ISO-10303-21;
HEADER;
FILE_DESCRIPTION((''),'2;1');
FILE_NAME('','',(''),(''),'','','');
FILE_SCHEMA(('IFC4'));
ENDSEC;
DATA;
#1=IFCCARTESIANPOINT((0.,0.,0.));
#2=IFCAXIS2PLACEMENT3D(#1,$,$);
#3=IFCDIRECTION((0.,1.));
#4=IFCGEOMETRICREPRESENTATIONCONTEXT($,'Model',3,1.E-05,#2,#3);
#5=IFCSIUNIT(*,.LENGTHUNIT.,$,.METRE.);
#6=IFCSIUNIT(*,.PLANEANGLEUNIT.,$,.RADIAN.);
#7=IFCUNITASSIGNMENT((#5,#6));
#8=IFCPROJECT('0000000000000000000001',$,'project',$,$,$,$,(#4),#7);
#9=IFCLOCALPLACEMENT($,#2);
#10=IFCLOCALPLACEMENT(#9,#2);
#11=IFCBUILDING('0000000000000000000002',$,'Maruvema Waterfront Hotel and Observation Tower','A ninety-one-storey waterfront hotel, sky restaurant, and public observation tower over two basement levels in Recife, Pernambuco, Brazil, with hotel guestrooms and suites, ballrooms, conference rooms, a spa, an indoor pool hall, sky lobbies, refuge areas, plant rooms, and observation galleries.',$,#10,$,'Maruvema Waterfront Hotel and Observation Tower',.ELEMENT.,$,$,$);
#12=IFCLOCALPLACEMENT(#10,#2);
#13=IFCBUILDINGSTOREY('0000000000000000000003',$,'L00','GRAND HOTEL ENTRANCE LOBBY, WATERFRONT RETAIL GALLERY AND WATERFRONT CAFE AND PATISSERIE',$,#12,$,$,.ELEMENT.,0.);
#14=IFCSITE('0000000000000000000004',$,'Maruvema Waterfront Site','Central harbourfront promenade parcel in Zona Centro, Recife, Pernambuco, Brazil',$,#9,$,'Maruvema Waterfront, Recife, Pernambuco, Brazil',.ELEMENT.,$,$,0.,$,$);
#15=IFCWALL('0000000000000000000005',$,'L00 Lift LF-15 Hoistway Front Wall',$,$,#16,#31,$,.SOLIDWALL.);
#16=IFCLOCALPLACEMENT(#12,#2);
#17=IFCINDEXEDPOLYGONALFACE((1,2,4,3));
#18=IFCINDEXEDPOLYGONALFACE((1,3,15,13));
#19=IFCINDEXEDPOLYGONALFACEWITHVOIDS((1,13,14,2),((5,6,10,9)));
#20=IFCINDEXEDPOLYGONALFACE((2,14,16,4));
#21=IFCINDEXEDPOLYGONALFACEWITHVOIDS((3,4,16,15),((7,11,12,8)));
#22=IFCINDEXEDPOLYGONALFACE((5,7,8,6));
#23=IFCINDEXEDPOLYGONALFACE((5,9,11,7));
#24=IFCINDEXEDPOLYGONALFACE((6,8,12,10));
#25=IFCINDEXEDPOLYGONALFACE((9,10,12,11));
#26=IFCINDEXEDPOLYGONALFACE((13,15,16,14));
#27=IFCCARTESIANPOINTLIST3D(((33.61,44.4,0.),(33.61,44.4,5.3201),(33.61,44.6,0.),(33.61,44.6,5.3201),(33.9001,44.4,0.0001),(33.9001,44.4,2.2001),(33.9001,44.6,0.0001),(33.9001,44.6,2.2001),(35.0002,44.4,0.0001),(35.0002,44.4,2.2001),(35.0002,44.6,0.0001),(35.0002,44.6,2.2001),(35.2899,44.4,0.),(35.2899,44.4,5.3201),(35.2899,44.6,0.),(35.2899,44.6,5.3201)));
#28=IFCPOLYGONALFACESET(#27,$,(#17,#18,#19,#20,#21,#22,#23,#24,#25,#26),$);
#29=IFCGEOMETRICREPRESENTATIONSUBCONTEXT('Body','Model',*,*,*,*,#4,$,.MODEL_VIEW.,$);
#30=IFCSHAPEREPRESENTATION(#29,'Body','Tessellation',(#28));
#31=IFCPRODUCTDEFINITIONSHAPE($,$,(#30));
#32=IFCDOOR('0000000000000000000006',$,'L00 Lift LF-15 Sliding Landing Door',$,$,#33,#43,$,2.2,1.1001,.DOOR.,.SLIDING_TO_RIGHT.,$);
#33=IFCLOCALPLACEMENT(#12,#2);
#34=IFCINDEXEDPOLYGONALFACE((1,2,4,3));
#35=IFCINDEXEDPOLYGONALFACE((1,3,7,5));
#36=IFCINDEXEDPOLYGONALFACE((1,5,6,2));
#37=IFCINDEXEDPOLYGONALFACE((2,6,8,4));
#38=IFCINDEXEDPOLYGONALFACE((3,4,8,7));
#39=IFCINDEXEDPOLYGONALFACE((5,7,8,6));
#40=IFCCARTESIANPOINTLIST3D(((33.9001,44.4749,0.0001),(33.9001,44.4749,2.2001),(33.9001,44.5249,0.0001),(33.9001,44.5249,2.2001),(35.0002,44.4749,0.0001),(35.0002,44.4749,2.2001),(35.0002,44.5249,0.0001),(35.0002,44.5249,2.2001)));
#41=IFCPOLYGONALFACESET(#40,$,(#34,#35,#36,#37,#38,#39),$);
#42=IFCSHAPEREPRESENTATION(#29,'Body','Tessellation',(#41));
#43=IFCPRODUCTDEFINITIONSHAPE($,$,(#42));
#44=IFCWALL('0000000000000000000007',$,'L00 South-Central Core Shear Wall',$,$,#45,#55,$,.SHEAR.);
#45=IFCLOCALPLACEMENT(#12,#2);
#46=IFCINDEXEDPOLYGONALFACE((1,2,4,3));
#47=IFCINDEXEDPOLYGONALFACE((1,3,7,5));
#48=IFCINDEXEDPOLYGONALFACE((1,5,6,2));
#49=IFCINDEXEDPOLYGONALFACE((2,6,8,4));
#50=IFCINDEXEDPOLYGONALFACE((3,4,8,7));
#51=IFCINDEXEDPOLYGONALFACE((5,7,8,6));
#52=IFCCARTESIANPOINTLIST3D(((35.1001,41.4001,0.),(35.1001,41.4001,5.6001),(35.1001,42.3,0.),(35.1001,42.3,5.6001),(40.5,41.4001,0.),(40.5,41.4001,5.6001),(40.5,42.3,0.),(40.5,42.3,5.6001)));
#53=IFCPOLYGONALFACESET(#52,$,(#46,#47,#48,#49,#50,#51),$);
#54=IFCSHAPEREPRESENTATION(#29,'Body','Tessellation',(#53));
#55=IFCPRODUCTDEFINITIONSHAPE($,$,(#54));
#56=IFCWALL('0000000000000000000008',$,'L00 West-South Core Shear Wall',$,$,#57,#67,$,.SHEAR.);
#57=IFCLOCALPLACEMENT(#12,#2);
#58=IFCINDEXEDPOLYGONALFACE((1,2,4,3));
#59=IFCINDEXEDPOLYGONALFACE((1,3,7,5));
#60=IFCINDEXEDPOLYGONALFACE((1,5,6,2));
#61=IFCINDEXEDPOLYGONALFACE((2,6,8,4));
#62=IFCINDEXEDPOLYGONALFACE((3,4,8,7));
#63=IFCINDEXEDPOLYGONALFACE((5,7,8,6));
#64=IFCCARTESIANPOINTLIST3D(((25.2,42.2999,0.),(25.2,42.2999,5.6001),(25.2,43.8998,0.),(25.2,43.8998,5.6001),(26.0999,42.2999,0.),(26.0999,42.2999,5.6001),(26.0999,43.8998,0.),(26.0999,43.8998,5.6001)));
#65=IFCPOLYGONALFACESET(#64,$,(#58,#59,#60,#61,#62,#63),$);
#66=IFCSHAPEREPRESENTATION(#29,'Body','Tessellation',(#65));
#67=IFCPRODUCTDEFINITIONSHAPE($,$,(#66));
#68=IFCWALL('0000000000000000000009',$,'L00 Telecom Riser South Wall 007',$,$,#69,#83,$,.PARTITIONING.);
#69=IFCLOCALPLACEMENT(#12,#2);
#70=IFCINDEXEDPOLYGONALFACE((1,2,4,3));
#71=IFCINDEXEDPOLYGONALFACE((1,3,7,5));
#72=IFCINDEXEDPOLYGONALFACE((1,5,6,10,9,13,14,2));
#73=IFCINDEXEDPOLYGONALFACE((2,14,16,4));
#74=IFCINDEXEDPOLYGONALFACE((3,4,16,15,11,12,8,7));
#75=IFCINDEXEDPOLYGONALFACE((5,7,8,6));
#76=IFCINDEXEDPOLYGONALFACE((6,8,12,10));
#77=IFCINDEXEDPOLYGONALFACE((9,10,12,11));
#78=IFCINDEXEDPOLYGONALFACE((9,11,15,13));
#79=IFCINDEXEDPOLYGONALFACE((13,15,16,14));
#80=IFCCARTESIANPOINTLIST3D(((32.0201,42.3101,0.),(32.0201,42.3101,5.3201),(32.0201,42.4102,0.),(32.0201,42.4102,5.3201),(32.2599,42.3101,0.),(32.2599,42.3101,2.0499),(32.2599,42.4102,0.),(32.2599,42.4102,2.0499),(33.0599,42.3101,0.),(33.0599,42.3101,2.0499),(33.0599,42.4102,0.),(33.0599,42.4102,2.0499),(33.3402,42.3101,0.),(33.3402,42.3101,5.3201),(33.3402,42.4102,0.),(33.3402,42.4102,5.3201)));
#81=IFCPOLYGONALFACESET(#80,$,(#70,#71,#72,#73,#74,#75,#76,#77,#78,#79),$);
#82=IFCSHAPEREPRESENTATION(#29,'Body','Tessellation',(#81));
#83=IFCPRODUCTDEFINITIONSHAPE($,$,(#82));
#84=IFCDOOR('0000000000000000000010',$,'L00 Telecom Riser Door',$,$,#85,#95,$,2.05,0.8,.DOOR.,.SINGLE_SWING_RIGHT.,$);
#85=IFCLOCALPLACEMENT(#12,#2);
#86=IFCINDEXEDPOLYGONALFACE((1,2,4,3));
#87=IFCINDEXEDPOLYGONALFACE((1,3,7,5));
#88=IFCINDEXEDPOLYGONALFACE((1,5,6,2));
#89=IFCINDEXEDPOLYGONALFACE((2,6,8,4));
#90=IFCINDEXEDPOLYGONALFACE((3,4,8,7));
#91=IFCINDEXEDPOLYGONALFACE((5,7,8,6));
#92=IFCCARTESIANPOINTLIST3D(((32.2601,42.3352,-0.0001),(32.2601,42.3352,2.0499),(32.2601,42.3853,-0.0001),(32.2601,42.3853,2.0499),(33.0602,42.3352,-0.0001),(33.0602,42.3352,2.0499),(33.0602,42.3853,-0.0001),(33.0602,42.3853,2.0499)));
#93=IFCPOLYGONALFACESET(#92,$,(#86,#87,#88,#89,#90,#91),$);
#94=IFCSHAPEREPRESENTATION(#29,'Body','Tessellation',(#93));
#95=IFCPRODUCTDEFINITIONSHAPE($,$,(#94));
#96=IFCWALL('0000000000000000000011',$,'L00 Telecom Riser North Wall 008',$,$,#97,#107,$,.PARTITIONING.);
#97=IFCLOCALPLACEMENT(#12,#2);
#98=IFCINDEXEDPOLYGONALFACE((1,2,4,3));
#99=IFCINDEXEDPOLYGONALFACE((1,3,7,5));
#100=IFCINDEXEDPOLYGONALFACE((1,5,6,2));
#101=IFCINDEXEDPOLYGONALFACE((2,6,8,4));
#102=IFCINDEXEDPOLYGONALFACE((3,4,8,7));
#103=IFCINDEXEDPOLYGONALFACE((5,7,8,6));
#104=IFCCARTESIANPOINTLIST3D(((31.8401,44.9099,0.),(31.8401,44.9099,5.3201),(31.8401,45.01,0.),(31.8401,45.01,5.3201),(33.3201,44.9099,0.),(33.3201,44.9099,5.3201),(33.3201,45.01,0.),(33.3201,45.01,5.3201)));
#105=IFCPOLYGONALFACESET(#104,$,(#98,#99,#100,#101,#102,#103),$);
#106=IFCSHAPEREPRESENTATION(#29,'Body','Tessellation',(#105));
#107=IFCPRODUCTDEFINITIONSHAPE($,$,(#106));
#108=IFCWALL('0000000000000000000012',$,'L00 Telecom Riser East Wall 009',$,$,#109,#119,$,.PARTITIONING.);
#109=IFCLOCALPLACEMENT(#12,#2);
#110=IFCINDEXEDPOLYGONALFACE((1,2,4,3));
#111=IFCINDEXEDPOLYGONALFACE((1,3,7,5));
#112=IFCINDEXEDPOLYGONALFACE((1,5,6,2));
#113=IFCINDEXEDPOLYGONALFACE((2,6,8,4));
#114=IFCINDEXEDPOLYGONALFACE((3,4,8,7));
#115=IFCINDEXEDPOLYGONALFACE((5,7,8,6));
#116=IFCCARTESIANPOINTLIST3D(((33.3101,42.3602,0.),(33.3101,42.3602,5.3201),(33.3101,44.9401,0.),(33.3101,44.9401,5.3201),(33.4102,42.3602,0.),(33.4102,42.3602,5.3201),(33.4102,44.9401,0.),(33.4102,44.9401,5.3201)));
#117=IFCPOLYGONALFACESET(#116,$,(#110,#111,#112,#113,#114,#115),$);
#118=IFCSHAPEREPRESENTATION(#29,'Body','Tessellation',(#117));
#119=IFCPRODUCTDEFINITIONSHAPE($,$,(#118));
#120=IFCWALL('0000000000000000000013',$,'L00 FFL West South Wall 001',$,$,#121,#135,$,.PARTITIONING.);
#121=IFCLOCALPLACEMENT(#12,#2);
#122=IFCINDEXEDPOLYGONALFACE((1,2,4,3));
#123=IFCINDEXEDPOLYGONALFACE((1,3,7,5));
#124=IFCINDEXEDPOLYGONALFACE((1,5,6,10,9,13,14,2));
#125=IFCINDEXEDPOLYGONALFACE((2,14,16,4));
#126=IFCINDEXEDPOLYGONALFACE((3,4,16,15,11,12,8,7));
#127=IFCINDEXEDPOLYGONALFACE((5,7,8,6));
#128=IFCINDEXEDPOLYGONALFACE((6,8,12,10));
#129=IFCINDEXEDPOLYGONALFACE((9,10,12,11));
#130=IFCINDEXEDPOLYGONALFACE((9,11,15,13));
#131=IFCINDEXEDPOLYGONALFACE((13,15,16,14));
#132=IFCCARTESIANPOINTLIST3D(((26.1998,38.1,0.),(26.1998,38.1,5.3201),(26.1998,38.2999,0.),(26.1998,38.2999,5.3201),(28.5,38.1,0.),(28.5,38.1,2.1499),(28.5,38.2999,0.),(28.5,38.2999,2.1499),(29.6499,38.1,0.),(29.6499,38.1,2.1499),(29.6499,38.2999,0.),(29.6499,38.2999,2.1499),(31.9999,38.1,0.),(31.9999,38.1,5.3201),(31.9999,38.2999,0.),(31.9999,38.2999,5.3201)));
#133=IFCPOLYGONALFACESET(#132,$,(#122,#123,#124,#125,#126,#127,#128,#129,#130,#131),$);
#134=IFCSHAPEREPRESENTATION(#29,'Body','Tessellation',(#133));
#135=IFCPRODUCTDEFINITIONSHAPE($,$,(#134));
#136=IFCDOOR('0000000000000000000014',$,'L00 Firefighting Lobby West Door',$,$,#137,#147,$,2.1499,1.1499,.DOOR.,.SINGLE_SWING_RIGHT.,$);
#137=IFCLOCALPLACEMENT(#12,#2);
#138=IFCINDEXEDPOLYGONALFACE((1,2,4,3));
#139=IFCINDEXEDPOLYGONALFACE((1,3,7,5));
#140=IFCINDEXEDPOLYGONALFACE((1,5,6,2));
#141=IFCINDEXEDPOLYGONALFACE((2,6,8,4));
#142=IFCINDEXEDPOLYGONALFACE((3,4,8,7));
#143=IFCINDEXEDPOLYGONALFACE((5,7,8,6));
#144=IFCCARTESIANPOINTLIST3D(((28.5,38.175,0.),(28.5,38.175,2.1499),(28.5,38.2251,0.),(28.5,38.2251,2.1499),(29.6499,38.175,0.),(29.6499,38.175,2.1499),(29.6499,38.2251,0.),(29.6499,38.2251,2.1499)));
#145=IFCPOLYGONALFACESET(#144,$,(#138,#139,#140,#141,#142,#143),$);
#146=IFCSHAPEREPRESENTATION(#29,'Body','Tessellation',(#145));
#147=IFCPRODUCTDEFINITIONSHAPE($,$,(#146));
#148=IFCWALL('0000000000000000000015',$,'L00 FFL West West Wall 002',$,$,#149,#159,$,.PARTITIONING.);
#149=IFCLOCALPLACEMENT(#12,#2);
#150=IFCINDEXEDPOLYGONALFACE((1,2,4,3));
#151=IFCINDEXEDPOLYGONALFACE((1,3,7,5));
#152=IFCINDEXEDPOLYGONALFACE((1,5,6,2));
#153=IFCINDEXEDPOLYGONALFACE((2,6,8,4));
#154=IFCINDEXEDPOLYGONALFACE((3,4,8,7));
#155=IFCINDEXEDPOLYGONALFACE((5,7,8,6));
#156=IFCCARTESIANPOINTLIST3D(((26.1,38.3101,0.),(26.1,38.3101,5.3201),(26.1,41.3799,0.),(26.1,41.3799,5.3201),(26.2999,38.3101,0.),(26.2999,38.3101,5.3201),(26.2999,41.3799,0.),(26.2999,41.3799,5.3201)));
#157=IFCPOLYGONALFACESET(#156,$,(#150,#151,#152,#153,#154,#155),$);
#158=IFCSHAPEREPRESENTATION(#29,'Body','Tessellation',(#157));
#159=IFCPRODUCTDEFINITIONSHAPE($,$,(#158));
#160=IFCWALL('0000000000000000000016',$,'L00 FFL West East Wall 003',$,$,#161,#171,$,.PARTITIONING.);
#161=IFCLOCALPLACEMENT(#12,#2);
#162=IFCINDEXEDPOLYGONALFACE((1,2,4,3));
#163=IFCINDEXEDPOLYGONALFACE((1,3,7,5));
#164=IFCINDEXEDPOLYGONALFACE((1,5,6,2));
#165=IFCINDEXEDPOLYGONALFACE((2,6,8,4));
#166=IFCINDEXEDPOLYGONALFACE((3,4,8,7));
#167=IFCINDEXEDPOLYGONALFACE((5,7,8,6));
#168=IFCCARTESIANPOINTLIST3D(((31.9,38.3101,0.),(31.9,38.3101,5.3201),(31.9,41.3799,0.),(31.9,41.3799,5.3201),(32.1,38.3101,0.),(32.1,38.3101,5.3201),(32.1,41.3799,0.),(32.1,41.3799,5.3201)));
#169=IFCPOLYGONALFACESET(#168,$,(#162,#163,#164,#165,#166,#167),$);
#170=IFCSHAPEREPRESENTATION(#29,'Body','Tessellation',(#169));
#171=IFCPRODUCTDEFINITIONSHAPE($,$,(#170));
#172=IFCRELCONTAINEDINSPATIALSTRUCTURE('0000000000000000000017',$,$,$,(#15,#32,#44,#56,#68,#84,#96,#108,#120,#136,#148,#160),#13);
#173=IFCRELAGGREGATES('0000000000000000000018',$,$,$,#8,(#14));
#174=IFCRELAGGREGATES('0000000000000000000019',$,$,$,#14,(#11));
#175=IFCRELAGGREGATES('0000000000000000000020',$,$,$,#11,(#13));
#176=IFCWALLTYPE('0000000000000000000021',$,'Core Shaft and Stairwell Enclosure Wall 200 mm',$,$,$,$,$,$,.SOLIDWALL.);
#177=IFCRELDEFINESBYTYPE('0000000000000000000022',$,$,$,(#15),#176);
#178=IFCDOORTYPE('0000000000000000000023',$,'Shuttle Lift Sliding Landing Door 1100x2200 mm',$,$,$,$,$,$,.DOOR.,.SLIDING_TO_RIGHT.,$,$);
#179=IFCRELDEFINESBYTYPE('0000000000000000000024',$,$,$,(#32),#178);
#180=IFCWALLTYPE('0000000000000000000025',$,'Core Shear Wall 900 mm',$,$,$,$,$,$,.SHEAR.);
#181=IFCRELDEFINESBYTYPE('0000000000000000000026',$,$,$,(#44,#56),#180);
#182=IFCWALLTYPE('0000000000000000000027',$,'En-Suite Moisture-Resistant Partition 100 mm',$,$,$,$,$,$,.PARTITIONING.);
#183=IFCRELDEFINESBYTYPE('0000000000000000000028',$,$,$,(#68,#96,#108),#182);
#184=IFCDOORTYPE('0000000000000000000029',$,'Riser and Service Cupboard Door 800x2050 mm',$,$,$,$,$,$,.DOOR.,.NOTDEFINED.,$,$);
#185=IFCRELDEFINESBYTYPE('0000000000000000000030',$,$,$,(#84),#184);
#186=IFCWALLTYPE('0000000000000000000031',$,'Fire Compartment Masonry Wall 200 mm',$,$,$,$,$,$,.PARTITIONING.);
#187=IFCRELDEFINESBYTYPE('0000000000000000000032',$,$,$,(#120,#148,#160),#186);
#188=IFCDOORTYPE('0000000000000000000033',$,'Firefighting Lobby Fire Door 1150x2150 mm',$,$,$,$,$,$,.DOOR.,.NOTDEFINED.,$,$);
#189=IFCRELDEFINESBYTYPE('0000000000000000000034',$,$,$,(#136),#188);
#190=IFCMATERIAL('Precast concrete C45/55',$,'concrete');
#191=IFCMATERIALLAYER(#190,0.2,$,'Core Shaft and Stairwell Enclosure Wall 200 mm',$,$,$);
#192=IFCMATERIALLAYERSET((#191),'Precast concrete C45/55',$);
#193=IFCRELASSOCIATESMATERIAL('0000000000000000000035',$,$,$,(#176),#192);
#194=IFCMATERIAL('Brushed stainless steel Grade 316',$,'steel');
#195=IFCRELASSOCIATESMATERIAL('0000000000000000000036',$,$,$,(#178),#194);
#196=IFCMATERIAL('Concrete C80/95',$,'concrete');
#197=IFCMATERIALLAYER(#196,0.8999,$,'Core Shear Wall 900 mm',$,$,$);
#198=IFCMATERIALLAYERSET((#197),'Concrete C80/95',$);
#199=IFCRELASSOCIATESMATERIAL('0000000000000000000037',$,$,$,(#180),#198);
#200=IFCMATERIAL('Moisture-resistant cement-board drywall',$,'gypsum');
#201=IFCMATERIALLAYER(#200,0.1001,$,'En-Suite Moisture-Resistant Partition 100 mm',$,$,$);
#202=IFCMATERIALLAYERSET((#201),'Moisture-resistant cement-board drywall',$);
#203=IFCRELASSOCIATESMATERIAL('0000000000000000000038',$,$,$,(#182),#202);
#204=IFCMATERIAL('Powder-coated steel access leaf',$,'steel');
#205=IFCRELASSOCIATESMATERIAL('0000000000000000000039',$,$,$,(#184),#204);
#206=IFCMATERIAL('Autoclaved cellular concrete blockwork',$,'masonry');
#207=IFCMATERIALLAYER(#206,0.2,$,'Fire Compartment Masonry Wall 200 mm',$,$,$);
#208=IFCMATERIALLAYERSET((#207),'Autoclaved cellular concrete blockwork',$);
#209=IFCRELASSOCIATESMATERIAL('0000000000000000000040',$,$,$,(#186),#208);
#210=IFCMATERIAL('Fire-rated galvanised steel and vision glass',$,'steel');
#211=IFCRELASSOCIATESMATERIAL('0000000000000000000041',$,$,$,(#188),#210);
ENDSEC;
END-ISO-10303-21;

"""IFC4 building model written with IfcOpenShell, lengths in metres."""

from ifc_helpers import new_model, si_unit, direction, frame, frame_2d, origin, place, context, subcontext, project, spatial, rectangle, extrude, material, layer, layer_set, type_object, element, fill, save


model = new_model("IFC4")

# Units and contexts
model_context = context("Model", 3, precision=1e-05, world=origin(), true_north=direction((0.0, 1.0)))
body_context = subcontext(model_context, "Body", "Model", "MODEL_VIEW")
ifc_project = project(units=[si_unit("LENGTHUNIT", "METRE"), si_unit("PLANEANGLEUNIT", "RADIAN")], contexts=[model_context])

# Site, building, storey
site_placement = place(None, origin())
site = spatial("IfcSite", under=ifc_project, at=site_placement, Name="Maruvema Waterfront Site", Description="Central harbourfront promenade parcel in Zona Centro, Recife, Pernambuco, Brazil", LongName="Maruvema Waterfront, Recife, Pernambuco, Brazil", CompositionType="ELEMENT", RefElevation=0.0)
building_placement = place(site_placement, origin())
building = spatial("IfcBuilding", under=site, at=building_placement, Name="Maruvema Waterfront Hotel and Observation Tower", Description="A ninety-one-storey waterfront hotel, sky restaurant, and public observation tower over two basement levels in Recife, Pernambuco, Brazil, with hotel guestrooms and suites, ballrooms, conference rooms, a spa, an indoor pool hall, sky lobbies, refuge areas, plant rooms, and observation galleries.", LongName="Maruvema Waterfront Hotel and Observation Tower", CompositionType="ELEMENT")
storey_placement = place(building_placement, origin())
storey = spatial("IfcBuildingStorey", under=building, at=storey_placement, Name="L00", Description="GRAND HOTEL ENTRANCE LOBBY, WATERFRONT RETAIL GALLERY AND WATERFRONT CAFE AND PATISSERIE", CompositionType="ELEMENT", Elevation=0.0)

# Shared definitions
ifc_material_1 = material(Name="Precast concrete C45/55", Category="concrete")
ifc_layer_1 = layer(ifc_material_1, 0.2, Name="Core Shaft and Stairwell Enclosure Wall 200 mm")
ifc_layer_set_1 = layer_set([ifc_layer_1], Name="Precast concrete C45/55")
wall_type_1 = type_object("IfcWallType", Name="Core Shaft and Stairwell Enclosure Wall 200 mm", PredefinedType="SOLIDWALL", material=ifc_layer_set_1)

# Wall, opening, door
wall_1_placement = place(storey_placement, frame((33.6101, 44.5, 0.0), z_axis=(0.0, 0.0, 1.0), x_axis=(1.0, 0.0, 0.0)))
wall_1 = element("IfcWall", 1, at=wall_1_placement, inside=storey, type_object=wall_type_1, Name="L00 Lift LF-15 Hoistway Front Wall", PredefinedType="SOLIDWALL", context=body_context, shape_type="SweptSolid", body=[
    extrude(rectangle(XDim=1.6799, YDim=0.2, at=frame_2d((0.8398, 0.0))), origin(), (0.0, 0.0, 1.0), 5.3201),
])
opening_1_placement = place(wall_1_placement, frame((0.29, 0.0, 0.0)))
opening_1 = element("IfcOpeningElement", 2, at=opening_1_placement, cuts=wall_1, PredefinedType="OPENING", context=body_context, shape_type="SweptSolid", body=[
    extrude(rectangle(XDim=1.1001, YDim=2.2, at=frame_2d((0.55, 1.1001))), frame((0.0, 0.1099, 0.0), z_axis=(0.0, -1.0, 0.0), x_axis=(1.0, 0.0, 0.0)), (0.0, 0.0, 1.0), 0.22),
])
ifc_material_2 = material(Name="Brushed stainless steel Grade 316", Category="steel")
door_type_1 = type_object("IfcDoorType", Name="Shuttle Lift Sliding Landing Door 1100x2200 mm", OperationType="SLIDING_TO_RIGHT", PredefinedType="DOOR", material=ifc_material_2)
door_1_placement = place(opening_1_placement, origin())
door_1 = element("IfcDoor", 3, at=door_1_placement, inside=storey, type_object=door_type_1, Name="L00 Lift LF-15 Sliding Landing Door", OperationType="SLIDING_TO_RIGHT", OverallHeight=2.2, OverallWidth=1.1001, PredefinedType="DOOR", context=body_context, shape_type="SweptSolid", body=[
    extrude(rectangle(XDim=1.1001, YDim=2.2, at=frame_2d((0.55, 1.1001))), frame((0.0, 0.0249, 0.0), z_axis=(0.0, -1.0, 0.0), x_axis=(1.0, 0.0, 0.0)), (0.0, 0.0, 1.0), 0.05),
])
fill(opening_1, door_1)

# Walls
ifc_material_3 = material(Name="Concrete C80/95", Category="concrete")
ifc_layer_2 = layer(ifc_material_3, 0.8999, Name="Core Shear Wall 900 mm")
ifc_layer_set_2 = layer_set([ifc_layer_2], Name="Concrete C80/95")
wall_type_2 = type_object("IfcWallType", Name="Core Shear Wall 900 mm", PredefinedType="SHEAR", material=ifc_layer_set_2)
wall_2_placement = place(storey_placement, frame((35.1001, 41.8501, 0.0), z_axis=(0.0, 0.0, 1.0), x_axis=(1.0, 0.0, 0.0)))
element("IfcWall", 4, at=wall_2_placement, inside=storey, type_object=wall_type_2, Name="L00 South-Central Core Shear Wall", PredefinedType="SHEAR", context=body_context, shape_type="SweptSolid", body=[
    extrude(rectangle(XDim=5.3999, YDim=0.8999, at=frame_2d((2.7, 0.0))), origin(), (0.0, 0.0, 1.0), 5.6001),
])
wall_3_placement = place(storey_placement, frame((25.6499, 42.3, 0.0), z_axis=(0.0, 0.0, 1.0), x_axis=(0.0, 1.0, 0.0)))
element("IfcWall", 5, at=wall_3_placement, inside=storey, type_object=wall_type_2, Name="L00 West-South Core Shear Wall", PredefinedType="SHEAR", context=body_context, shape_type="SweptSolid", body=[
    extrude(rectangle(XDim=1.5999, YDim=0.8999, at=frame_2d((0.7998, 0.0))), origin(), (0.0, 0.0, 1.0), 5.6001),
])

# Wall, opening, door
ifc_material_4 = material(Name="Moisture-resistant cement-board drywall", Category="gypsum")
ifc_layer_3 = layer(ifc_material_4, 0.1001, Name="En-Suite Moisture-Resistant Partition 100 mm")
ifc_layer_set_3 = layer_set([ifc_layer_3], Name="Moisture-resistant cement-board drywall")
wall_type_3 = type_object("IfcWallType", Name="En-Suite Moisture-Resistant Partition 100 mm", PredefinedType="PARTITIONING", material=ifc_layer_set_3)
wall_4_placement = place(storey_placement, frame((32.02, 42.3601, 0.0), z_axis=(0.0, 0.0, 1.0), x_axis=(1.0, 0.0, 0.0)))
wall_4 = element("IfcWall", 6, at=wall_4_placement, inside=storey, type_object=wall_type_3, Name="L00 Telecom Riser South Wall 007", PredefinedType="PARTITIONING", context=body_context, shape_type="SweptSolid", body=[
    extrude(rectangle(XDim=1.3201, YDim=0.1001, at=frame_2d((0.6602, 0.0))), origin(), (0.0, 0.0, 1.0), 5.3201),
])
opening_2_placement = place(wall_4_placement, frame((0.24, 0.0, 0.0)))
opening_2 = element("IfcOpeningElement", 7, at=opening_2_placement, cuts=wall_4, PredefinedType="OPENING", context=body_context, shape_type="SweptSolid", body=[
    extrude(rectangle(XDim=0.8, YDim=2.05, at=frame_2d((0.3999, 1.0249))), frame((0.0, 0.0601, 0.0), z_axis=(0.0, -1.0, 0.0), x_axis=(1.0, 0.0, 0.0)), (0.0, 0.0, 1.0), 0.1201),
])
ifc_material_5 = material(Name="Powder-coated steel access leaf", Category="steel")
door_type_2 = type_object("IfcDoorType", Name="Riser and Service Cupboard Door 800x2050 mm", OperationType="NOTDEFINED", PredefinedType="DOOR", material=ifc_material_5)
door_2_placement = place(opening_2_placement, frame((0.8, 0.0, 0.0), z_axis=(0.0, 0.0, 1.0), x_axis=(-1.0, 0.0, 0.0)))
door_2 = element("IfcDoor", 8, at=door_2_placement, inside=storey, type_object=door_type_2, Name="L00 Telecom Riser Door", OperationType="SINGLE_SWING_RIGHT", OverallHeight=2.05, OverallWidth=0.8, PredefinedType="DOOR", context=body_context, shape_type="SweptSolid", body=[
    extrude(rectangle(XDim=0.8, YDim=2.05, at=frame_2d((0.3999, 1.0249))), frame((0.0, 0.0249, 0.0), z_axis=(0.0, -1.0, 0.0), x_axis=(1.0, 0.0, 0.0)), (0.0, 0.0, 1.0), 0.05),
])
fill(opening_2, door_2)

# Walls
wall_5_placement = place(storey_placement, frame((31.8401, 44.96, 0.0), z_axis=(0.0, 0.0, 1.0), x_axis=(1.0, 0.0, 0.0)))
element("IfcWall", 9, at=wall_5_placement, inside=storey, type_object=wall_type_3, Name="L00 Telecom Riser North Wall 008", PredefinedType="PARTITIONING", context=body_context, shape_type="SweptSolid", body=[
    extrude(rectangle(XDim=1.48, YDim=0.1001, at=frame_2d((0.74, 0.0))), origin(), (0.0, 0.0, 1.0), 5.3201),
])
wall_6_placement = place(storey_placement, frame((33.3601, 42.3601, 0.0), z_axis=(0.0, 0.0, 1.0), x_axis=(0.0, 1.0, 0.0)))
element("IfcWall", 10, at=wall_6_placement, inside=storey, type_object=wall_type_3, Name="L00 Telecom Riser East Wall 009", PredefinedType="PARTITIONING", context=body_context, shape_type="SweptSolid", body=[
    extrude(rectangle(XDim=2.5798, YDim=0.1001, at=frame_2d((1.29, 0.0))), origin(), (0.0, 0.0, 1.0), 5.3201),
])

# Wall, opening, door
ifc_material_6 = material(Name="Autoclaved cellular concrete blockwork", Category="masonry")
ifc_layer_4 = layer(ifc_material_6, 0.2, Name="Fire Compartment Masonry Wall 200 mm")
ifc_layer_set_4 = layer_set([ifc_layer_4], Name="Autoclaved cellular concrete blockwork")
wall_type_4 = type_object("IfcWallType", Name="Fire Compartment Masonry Wall 200 mm", PredefinedType="PARTITIONING", material=ifc_layer_set_4)
wall_7_placement = place(storey_placement, frame((26.2, 38.2, 0.0), z_axis=(0.0, 0.0, 1.0), x_axis=(1.0, 0.0, 0.0)))
wall_7 = element("IfcWall", 11, at=wall_7_placement, inside=storey, type_object=wall_type_4, Name="L00 FFL West South Wall 001", PredefinedType="PARTITIONING", context=body_context, shape_type="SweptSolid", body=[
    extrude(rectangle(XDim=5.8, YDim=0.2, at=frame_2d((2.8999, 0.0))), origin(), (0.0, 0.0, 1.0), 5.3201),
])
opening_3_placement = place(wall_7_placement, frame((2.3, 0.0, 0.0)))
opening_3 = element("IfcOpeningElement", 12, at=opening_3_placement, cuts=wall_7, PredefinedType="OPENING", context=body_context, shape_type="SweptSolid", body=[
    extrude(rectangle(XDim=1.1499, YDim=2.1499, at=frame_2d((0.575, 1.075))), frame((0.0, 0.1099, 0.0), z_axis=(0.0, -1.0, 0.0), x_axis=(1.0, 0.0, 0.0)), (0.0, 0.0, 1.0), 0.22),
])
ifc_material_7 = material(Name="Fire-rated galvanised steel and vision glass", Category="steel")
door_type_3 = type_object("IfcDoorType", Name="Firefighting Lobby Fire Door 1150x2150 mm", OperationType="NOTDEFINED", PredefinedType="DOOR", material=ifc_material_7)
door_3_placement = place(opening_3_placement, frame((1.1499, 0.0, 0.0), z_axis=(0.0, 0.0, 1.0), x_axis=(-1.0, 0.0, 0.0)))
door_3 = element("IfcDoor", 13, at=door_3_placement, inside=storey, type_object=door_type_3, Name="L00 Firefighting Lobby West Door", OperationType="SINGLE_SWING_RIGHT", OverallHeight=2.1499, OverallWidth=1.1499, PredefinedType="DOOR", context=body_context, shape_type="SweptSolid", body=[
    extrude(rectangle(XDim=1.1499, YDim=2.1499, at=frame_2d((0.575, 1.075))), frame((0.0, 0.0249, 0.0), z_axis=(0.0, -1.0, 0.0), x_axis=(1.0, 0.0, 0.0)), (0.0, 0.0, 1.0), 0.05),
])
fill(opening_3, door_3)

# Walls
for number, where, z_axis, x_axis, name in (
    (14, (26.2, 38.3101, 0.0), (0.0, 0.0, 1.0), (0.0, 1.0, 0.0), "L00 FFL West West Wall 002"),
    (15, (32.0, 38.3101, 0.0), (0.0, 0.0, 1.0), (0.0, 1.0, 0.0), "L00 FFL West East Wall 003"),
):
    element("IfcWall", number, at=place(storey_placement, frame(where, z_axis=z_axis, x_axis=x_axis)), inside=storey, type_object=wall_type_4, Name=name, PredefinedType="PARTITIONING", context=body_context, shape_type="SweptSolid", body=[
        extrude(rectangle(XDim=3.0698, YDim=0.2, at=frame_2d((1.5349, 0.0))), origin(), (0.0, 0.0, 1.0), 5.3201),
    ])

save(model, "model.ifc")
